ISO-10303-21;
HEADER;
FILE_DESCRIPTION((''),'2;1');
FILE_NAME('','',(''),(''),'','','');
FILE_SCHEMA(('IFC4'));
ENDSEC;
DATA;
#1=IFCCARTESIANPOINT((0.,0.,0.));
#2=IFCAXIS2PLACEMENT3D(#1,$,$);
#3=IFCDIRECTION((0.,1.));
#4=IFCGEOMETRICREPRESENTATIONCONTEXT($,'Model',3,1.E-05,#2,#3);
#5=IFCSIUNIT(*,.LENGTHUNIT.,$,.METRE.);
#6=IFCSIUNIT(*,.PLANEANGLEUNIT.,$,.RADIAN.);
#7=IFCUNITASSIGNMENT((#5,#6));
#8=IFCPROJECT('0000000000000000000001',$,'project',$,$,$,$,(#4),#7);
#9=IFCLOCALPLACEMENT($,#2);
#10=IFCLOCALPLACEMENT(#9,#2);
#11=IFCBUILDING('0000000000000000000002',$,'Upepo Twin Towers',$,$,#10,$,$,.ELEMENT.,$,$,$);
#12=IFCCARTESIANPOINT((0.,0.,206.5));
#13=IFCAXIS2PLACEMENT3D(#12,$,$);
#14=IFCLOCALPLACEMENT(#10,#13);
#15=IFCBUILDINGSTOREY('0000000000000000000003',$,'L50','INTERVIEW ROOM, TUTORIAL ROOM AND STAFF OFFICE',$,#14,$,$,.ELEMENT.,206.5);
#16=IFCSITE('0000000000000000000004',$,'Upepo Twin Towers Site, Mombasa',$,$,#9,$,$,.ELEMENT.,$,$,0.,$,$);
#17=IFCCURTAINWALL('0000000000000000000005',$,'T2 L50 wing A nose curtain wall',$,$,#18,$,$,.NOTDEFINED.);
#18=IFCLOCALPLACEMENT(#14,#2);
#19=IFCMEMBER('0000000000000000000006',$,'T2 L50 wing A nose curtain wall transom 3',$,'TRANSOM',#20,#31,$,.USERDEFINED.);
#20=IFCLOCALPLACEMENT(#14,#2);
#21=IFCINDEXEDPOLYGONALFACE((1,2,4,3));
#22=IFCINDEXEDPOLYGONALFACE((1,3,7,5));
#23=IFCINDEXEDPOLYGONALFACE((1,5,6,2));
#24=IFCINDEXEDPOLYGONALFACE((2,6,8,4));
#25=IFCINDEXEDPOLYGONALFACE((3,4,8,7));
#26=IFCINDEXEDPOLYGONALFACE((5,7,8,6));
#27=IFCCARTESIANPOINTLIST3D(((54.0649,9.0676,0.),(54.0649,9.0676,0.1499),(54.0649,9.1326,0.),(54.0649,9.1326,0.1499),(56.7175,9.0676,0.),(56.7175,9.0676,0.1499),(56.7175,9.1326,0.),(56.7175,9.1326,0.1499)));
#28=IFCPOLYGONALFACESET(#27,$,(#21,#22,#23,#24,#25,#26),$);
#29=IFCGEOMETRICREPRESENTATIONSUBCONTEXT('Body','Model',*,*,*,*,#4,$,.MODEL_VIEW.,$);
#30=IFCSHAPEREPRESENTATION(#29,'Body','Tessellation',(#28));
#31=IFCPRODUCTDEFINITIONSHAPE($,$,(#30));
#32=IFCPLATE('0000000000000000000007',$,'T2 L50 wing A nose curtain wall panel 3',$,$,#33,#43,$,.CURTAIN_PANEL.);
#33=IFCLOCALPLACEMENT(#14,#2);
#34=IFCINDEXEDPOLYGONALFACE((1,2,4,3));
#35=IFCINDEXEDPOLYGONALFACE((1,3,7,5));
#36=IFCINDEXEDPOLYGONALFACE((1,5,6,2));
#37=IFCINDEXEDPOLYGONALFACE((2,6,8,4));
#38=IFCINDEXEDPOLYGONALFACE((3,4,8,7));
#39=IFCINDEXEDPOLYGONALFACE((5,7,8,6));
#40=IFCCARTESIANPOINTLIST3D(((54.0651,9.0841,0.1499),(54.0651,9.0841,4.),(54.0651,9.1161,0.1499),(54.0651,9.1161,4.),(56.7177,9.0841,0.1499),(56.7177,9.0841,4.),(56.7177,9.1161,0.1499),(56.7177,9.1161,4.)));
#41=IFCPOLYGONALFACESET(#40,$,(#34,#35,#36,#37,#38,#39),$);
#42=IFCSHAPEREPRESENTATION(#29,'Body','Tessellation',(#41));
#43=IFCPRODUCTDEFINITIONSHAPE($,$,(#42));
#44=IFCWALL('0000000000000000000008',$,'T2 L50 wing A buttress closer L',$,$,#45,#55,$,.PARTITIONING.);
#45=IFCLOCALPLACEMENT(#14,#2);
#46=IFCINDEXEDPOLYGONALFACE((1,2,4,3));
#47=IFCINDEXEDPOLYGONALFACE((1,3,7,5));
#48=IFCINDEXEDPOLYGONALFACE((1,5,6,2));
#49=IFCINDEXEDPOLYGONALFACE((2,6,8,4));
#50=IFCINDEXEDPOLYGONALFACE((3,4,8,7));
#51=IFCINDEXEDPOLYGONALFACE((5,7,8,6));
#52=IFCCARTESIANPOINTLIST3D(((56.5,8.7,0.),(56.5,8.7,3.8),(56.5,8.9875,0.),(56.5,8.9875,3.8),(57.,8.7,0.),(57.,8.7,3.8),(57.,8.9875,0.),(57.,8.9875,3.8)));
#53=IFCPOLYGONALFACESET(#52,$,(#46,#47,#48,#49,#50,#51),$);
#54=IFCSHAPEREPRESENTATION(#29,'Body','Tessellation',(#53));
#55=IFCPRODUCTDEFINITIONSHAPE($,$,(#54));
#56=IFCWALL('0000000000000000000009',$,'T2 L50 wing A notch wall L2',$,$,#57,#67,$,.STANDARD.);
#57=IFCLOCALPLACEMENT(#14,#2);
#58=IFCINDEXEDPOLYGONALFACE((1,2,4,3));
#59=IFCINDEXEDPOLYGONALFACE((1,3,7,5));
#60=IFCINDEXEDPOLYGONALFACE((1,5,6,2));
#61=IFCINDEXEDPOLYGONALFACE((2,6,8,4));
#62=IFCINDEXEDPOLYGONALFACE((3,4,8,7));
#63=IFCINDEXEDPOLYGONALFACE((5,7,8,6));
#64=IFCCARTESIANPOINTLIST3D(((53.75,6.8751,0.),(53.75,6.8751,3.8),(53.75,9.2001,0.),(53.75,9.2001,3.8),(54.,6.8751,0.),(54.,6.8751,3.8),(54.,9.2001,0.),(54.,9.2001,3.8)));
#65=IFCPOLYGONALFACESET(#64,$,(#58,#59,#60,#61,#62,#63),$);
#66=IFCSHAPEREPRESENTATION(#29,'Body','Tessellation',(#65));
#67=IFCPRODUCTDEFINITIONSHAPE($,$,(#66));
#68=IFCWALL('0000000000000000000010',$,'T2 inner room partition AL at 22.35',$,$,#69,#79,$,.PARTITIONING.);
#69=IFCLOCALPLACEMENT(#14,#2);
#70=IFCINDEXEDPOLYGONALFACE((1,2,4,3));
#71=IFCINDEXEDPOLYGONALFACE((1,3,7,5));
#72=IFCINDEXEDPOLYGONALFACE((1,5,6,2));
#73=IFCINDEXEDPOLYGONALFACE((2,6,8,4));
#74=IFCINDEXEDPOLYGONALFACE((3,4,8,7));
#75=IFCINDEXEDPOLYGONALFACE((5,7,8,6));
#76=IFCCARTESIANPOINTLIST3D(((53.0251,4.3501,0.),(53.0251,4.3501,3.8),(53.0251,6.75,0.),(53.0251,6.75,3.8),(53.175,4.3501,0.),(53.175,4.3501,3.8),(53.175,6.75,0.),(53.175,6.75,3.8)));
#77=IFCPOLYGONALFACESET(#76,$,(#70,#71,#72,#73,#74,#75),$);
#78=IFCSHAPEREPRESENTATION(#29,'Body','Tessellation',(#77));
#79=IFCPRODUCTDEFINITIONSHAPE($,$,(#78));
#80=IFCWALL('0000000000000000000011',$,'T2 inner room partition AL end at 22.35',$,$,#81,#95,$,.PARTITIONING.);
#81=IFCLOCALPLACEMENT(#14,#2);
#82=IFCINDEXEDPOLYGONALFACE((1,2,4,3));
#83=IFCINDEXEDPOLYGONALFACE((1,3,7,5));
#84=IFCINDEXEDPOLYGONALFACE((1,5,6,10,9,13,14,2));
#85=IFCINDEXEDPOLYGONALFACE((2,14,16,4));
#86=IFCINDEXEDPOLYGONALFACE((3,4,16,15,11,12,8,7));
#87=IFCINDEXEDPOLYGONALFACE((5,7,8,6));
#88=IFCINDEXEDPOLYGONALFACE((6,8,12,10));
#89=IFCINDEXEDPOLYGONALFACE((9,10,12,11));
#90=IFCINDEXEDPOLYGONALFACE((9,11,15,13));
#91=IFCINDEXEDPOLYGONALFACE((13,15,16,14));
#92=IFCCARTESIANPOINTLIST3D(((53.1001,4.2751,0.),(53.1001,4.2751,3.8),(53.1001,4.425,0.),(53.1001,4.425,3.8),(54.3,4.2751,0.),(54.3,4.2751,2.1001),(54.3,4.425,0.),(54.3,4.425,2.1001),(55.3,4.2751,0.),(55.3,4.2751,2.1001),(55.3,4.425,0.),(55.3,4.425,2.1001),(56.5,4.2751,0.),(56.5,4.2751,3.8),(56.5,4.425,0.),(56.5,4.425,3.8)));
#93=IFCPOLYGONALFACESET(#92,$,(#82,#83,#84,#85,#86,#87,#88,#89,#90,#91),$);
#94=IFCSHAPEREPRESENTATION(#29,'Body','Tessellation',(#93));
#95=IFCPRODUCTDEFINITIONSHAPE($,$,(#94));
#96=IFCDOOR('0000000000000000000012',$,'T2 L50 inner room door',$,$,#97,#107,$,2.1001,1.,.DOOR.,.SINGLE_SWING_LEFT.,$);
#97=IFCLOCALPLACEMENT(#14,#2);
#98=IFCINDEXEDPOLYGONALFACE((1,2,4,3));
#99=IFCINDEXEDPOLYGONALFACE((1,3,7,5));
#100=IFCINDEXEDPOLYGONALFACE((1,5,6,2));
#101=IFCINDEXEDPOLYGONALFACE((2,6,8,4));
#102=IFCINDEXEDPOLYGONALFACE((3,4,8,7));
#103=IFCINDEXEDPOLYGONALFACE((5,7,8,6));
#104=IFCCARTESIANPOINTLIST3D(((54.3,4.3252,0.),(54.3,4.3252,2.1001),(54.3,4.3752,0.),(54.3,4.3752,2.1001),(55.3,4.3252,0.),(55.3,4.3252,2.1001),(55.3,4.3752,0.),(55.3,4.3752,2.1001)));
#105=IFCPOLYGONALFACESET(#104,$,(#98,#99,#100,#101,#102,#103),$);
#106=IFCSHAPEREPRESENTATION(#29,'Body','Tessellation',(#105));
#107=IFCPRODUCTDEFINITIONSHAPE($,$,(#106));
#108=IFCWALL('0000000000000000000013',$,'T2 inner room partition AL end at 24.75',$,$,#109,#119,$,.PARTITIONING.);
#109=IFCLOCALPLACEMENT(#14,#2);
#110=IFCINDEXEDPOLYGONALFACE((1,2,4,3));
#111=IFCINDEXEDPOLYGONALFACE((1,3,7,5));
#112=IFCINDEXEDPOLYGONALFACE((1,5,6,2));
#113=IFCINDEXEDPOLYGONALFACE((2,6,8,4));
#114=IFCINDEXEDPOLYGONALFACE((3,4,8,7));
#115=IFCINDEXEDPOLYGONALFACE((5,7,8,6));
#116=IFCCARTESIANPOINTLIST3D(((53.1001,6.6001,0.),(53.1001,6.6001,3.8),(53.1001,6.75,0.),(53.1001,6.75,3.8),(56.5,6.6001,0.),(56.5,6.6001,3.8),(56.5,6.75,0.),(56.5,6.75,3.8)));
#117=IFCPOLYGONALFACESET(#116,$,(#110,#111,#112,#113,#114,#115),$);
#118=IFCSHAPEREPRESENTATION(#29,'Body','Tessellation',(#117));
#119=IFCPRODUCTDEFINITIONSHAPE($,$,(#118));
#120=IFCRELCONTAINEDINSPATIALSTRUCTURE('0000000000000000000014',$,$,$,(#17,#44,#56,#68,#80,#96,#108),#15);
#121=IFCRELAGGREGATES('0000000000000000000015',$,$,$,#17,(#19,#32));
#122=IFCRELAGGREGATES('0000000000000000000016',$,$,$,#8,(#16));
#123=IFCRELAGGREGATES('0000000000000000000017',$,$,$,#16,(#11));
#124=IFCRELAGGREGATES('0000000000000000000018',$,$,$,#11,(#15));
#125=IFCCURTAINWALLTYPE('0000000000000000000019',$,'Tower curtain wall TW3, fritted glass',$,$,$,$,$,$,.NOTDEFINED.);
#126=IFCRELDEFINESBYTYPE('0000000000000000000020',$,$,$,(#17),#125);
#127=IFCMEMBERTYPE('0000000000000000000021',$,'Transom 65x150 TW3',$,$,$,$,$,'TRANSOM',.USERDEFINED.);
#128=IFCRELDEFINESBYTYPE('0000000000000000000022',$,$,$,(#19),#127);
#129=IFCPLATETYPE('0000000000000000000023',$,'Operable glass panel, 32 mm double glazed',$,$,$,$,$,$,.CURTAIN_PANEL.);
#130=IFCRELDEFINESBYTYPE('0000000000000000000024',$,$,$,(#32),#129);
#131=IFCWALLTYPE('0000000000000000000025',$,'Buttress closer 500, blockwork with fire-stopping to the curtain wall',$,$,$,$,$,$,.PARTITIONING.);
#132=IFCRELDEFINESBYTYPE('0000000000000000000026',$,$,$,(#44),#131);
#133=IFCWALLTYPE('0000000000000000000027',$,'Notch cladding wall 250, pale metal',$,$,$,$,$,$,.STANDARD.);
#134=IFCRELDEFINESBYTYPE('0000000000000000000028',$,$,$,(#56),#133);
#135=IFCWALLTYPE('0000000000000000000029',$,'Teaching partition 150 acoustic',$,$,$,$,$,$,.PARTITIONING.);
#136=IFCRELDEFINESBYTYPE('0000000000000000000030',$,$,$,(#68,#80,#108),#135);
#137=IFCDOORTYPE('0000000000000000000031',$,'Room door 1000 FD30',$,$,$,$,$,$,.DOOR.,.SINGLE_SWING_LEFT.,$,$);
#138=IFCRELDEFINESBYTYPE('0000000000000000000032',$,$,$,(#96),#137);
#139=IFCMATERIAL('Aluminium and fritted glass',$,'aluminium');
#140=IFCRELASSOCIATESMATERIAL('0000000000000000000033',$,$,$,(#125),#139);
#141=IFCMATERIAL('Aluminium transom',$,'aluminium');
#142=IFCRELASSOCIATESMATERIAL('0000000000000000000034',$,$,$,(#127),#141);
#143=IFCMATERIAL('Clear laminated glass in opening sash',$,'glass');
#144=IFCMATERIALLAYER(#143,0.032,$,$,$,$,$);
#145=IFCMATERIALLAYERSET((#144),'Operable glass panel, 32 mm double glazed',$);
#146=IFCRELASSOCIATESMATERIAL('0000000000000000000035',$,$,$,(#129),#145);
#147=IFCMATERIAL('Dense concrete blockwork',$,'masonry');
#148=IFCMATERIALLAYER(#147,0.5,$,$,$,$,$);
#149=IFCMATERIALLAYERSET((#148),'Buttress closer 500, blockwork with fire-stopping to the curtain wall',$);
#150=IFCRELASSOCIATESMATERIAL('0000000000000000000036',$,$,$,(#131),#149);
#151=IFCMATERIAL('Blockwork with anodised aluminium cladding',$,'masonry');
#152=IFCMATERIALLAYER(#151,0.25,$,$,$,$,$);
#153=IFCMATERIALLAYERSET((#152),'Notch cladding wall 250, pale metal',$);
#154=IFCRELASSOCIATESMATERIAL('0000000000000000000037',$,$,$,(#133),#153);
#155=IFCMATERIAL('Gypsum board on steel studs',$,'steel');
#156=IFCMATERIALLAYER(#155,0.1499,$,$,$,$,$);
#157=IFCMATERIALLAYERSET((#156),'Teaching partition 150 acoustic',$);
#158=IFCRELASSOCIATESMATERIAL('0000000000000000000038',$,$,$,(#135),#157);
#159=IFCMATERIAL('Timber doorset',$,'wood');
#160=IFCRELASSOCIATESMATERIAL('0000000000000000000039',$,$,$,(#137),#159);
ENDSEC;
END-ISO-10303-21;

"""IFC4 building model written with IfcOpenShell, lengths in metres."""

from ifc_helpers import new_model, si_unit, direction, frame, frame_2d, origin, origin_2d, place, context, subcontext, project, spatial, rectangle, extrude, material, layer, layer_set, material_profile, profile_set, type_object, element, fill, aggregate, save


model = new_model("IFC4")

# Units and contexts
model_context = context("Model", 3, precision=1e-05, world=origin(), true_north=direction((0.0, 1.0)))
body_context = subcontext(model_context, "Body", "Model", "MODEL_VIEW")
ifc_project = project(units=[si_unit("LENGTHUNIT", "METRE"), si_unit("PLANEANGLEUNIT", "RADIAN")], contexts=[model_context])

# Site, building, storey
site_placement = place(None, origin())
site = spatial("IfcSite", under=ifc_project, at=site_placement, Name="Upepo Twin Towers Site, Mombasa", CompositionType="ELEMENT", RefElevation=0.0)
building_placement = place(site_placement, origin())
building = spatial("IfcBuilding", under=site, at=building_placement, Name="Upepo Twin Towers", CompositionType="ELEMENT")
storey_placement = place(building_placement, frame((0.0, 0.0, 206.5)))
storey = spatial("IfcBuildingStorey", under=building, at=storey_placement, Name="L50", Description="INTERVIEW ROOM, TUTORIAL ROOM AND STAFF OFFICE", CompositionType="ELEMENT", Elevation=206.5)

# Curtain wall, member, plate
ifc_material_1 = material(Name="Aluminium and fritted glass", Category="aluminium")
curtain_wall_type = type_object("IfcCurtainWallType", Name="Tower curtain wall TW3, fritted glass", PredefinedType="NOTDEFINED", material=ifc_material_1)
curtain_wall_placement = place(storey_placement, origin())
curtain_wall = element("IfcCurtainWall", 1, at=curtain_wall_placement, inside=storey, type_object=curtain_wall_type, Name="T2 L50 wing A nose curtain wall", PredefinedType="NOTDEFINED")
ifc_material_2 = material(Name="Aluminium transom", Category="aluminium")
ifc_material_profile_1 = material_profile(ifc_material_2, rectangle(XDim=0.0649, YDim=0.1499, at=origin_2d()), Name="TRANSOM 65x150")
ifc_profile_set_1 = profile_set([ifc_material_profile_1], Name="Aluminium transom")
member_type_1 = type_object("IfcMemberType", Name="Transom 65x150 TW3", ElementType="TRANSOM", PredefinedType="USERDEFINED", material=ifc_profile_set_1)
member_1_placement = place(storey_placement, frame((56.7175, 9.1001, 0.075), z_axis=(-1.0, 0.0, 0.0), x_axis=(0.0, -1.0, 0.0)))
member_1 = element("IfcMember", 2, at=member_1_placement, type_object=member_type_1, Name="T2 L50 wing A nose curtain wall transom 3", ObjectType="TRANSOM", PredefinedType="USERDEFINED", context=body_context, shape_type="SweptSolid", body=[
    extrude(rectangle(XDim=0.0649, YDim=0.1499, at=origin_2d()), origin(), (0.0, 0.0, 1.0), 2.6526),
])
ifc_material_3 = material(Name="Clear laminated glass in opening sash", Category="glass")
ifc_layer_1 = layer(ifc_material_3, 0.032)
ifc_layer_set_1 = layer_set([ifc_layer_1], Name="Operable glass panel, 32 mm double glazed")
plate_type = type_object("IfcPlateType", Name="Operable glass panel, 32 mm double glazed", PredefinedType="CURTAIN_PANEL", material=ifc_layer_set_1)
plate_placement = place(storey_placement, frame((55.3914, 9.1001, 0.1499), z_axis=(0.0, 0.0, 1.0), x_axis=(-1.0, 0.0, 0.0)))
plate = element("IfcPlate", 3, at=plate_placement, type_object=plate_type, Name="T2 L50 wing A nose curtain wall panel 3", PredefinedType="CURTAIN_PANEL", context=body_context, shape_type="SweptSolid", body=[
    extrude(rectangle(XDim=2.6526, YDim=0.032, at=origin_2d()), origin(), (0.0, 0.0, 1.0), 3.8501),
])
aggregate(curtain_wall, [member_1, plate])

# Walls
ifc_material_4 = material(Name="Dense concrete blockwork", Category="masonry")
ifc_layer_2 = layer(ifc_material_4, 0.5)
ifc_layer_set_2 = layer_set([ifc_layer_2], Name="Buttress closer 500, blockwork with fire-stopping to the curtain wall")
wall_type_1 = type_object("IfcWallType", Name="Buttress closer 500, blockwork with fire-stopping to the curtain wall", PredefinedType="PARTITIONING", material=ifc_layer_set_2)
wall_1_placement = place(storey_placement, frame((56.75, 8.7, 0.0), z_axis=(0.0, 0.0, 1.0), x_axis=(0.0, 1.0, 0.0)))
element("IfcWall", 4, at=wall_1_placement, inside=storey, type_object=wall_type_1, Name="T2 L50 wing A buttress closer L", PredefinedType="PARTITIONING", context=body_context, shape_type="SweptSolid", body=[
    extrude(rectangle(XDim=0.2876, YDim=0.5, at=frame_2d((0.1438, 0.0))), origin(), (0.0, 0.0, 1.0), 3.8),
])
ifc_material_5 = material(Name="Blockwork with anodised aluminium cladding", Category="masonry")
ifc_layer_3 = layer(ifc_material_5, 0.25)
ifc_layer_set_3 = layer_set([ifc_layer_3], Name="Notch cladding wall 250, pale metal")
wall_type_2 = type_object("IfcWallType", Name="Notch cladding wall 250, pale metal", PredefinedType="STANDARD", material=ifc_layer_set_3)
wall_2_placement = place(storey_placement, frame((53.875, 6.875, 0.0), z_axis=(0.0, 0.0, 1.0), x_axis=(0.0, 1.0, 0.0)))
element("IfcWall", 5, at=wall_2_placement, inside=storey, type_object=wall_type_2, Name="T2 L50 wing A notch wall L2", PredefinedType="STANDARD", context=body_context, shape_type="SweptSolid", body=[
    extrude(rectangle(XDim=2.325, YDim=0.25, at=frame_2d((1.1626, 0.0))), origin(), (0.0, 0.0, 1.0), 3.8),
])
ifc_material_6 = material(Name="Gypsum board on steel studs", Category="steel")
ifc_layer_4 = layer(ifc_material_6, 0.1499)
ifc_layer_set_4 = layer_set([ifc_layer_4], Name="Teaching partition 150 acoustic")
wall_type_3 = type_object("IfcWallType", Name="Teaching partition 150 acoustic", PredefinedType="PARTITIONING", material=ifc_layer_set_4)
wall_3_placement = place(storey_placement, frame((53.1001, 4.3501, 0.0), z_axis=(0.0, 0.0, 1.0), x_axis=(0.0, 1.0, 0.0)))
element("IfcWall", 6, at=wall_3_placement, inside=storey, type_object=wall_type_3, Name="T2 inner room partition AL at 22.35", PredefinedType="PARTITIONING", context=body_context, shape_type="SweptSolid", body=[
    extrude(rectangle(XDim=2.3999, YDim=0.1499, at=frame_2d((1.2, 0.0))), origin(), (0.0, 0.0, 1.0), 3.8),
])

# Wall, opening, door
wall_4_placement = place(storey_placement, frame((56.5, 4.3501, 0.0), z_axis=(0.0, 0.0, 1.0), x_axis=(-1.0, 0.0, 0.0)))
wall_4 = element("IfcWall", 7, at=wall_4_placement, inside=storey, type_object=wall_type_3, Name="T2 inner room partition AL end at 22.35", PredefinedType="PARTITIONING", context=body_context, shape_type="SweptSolid", body=[
    extrude(rectangle(XDim=3.3999, YDim=0.1499, at=frame_2d((1.7, 0.0))), origin(), (0.0, 0.0, 1.0), 3.8),
])
opening_placement = place(wall_4_placement, frame((1.2, 0.0, 0.0)))
opening = element("IfcOpeningElement", 8, at=opening_placement, cuts=wall_4, PredefinedType="OPENING", context=body_context, shape_type="SweptSolid", body=[
    extrude(rectangle(XDim=1.0, YDim=2.1001, at=frame_2d((0.5, 1.05))), frame((0.0, 0.085, 0.0), z_axis=(0.0, -1.0, 0.0), x_axis=(1.0, 0.0, 0.0)), (0.0, 0.0, 1.0), 0.1699),
])
ifc_material_7 = material(Name="Timber doorset", Category="wood")
door_type = type_object("IfcDoorType", Name="Room door 1000 FD30", OperationType="SINGLE_SWING_LEFT", PredefinedType="DOOR", material=ifc_material_7)
door_placement = place(opening_placement, origin())
door = element("IfcDoor", 9, at=door_placement, inside=storey, type_object=door_type, Name="T2 L50 inner room door", OperationType="SINGLE_SWING_LEFT", OverallHeight=2.1001, OverallWidth=1.0, PredefinedType="DOOR", context=body_context, shape_type="SweptSolid", body=[
    extrude(rectangle(XDim=1.0, YDim=2.1001, at=frame_2d((0.5, 1.05))), frame((0.0, 0.0249, 0.0), z_axis=(0.0, -1.0, 0.0), x_axis=(1.0, 0.0, 0.0)), (0.0, 0.0, 1.0), 0.05),
])
fill(opening, door)

# Wall
wall_5_placement = place(storey_placement, frame((56.5, 6.675, 0.0), z_axis=(0.0, 0.0, 1.0), x_axis=(-1.0, 0.0, 0.0)))
element("IfcWall", 10, at=wall_5_placement, inside=storey, type_object=wall_type_3, Name="T2 inner room partition AL end at 24.75", PredefinedType="PARTITIONING", context=body_context, shape_type="SweptSolid", body=[
    extrude(rectangle(XDim=3.3999, YDim=0.1499, at=frame_2d((1.7, 0.0))), origin(), (0.0, 0.0, 1.0), 3.8),
])

save(model, "model.ifc")
